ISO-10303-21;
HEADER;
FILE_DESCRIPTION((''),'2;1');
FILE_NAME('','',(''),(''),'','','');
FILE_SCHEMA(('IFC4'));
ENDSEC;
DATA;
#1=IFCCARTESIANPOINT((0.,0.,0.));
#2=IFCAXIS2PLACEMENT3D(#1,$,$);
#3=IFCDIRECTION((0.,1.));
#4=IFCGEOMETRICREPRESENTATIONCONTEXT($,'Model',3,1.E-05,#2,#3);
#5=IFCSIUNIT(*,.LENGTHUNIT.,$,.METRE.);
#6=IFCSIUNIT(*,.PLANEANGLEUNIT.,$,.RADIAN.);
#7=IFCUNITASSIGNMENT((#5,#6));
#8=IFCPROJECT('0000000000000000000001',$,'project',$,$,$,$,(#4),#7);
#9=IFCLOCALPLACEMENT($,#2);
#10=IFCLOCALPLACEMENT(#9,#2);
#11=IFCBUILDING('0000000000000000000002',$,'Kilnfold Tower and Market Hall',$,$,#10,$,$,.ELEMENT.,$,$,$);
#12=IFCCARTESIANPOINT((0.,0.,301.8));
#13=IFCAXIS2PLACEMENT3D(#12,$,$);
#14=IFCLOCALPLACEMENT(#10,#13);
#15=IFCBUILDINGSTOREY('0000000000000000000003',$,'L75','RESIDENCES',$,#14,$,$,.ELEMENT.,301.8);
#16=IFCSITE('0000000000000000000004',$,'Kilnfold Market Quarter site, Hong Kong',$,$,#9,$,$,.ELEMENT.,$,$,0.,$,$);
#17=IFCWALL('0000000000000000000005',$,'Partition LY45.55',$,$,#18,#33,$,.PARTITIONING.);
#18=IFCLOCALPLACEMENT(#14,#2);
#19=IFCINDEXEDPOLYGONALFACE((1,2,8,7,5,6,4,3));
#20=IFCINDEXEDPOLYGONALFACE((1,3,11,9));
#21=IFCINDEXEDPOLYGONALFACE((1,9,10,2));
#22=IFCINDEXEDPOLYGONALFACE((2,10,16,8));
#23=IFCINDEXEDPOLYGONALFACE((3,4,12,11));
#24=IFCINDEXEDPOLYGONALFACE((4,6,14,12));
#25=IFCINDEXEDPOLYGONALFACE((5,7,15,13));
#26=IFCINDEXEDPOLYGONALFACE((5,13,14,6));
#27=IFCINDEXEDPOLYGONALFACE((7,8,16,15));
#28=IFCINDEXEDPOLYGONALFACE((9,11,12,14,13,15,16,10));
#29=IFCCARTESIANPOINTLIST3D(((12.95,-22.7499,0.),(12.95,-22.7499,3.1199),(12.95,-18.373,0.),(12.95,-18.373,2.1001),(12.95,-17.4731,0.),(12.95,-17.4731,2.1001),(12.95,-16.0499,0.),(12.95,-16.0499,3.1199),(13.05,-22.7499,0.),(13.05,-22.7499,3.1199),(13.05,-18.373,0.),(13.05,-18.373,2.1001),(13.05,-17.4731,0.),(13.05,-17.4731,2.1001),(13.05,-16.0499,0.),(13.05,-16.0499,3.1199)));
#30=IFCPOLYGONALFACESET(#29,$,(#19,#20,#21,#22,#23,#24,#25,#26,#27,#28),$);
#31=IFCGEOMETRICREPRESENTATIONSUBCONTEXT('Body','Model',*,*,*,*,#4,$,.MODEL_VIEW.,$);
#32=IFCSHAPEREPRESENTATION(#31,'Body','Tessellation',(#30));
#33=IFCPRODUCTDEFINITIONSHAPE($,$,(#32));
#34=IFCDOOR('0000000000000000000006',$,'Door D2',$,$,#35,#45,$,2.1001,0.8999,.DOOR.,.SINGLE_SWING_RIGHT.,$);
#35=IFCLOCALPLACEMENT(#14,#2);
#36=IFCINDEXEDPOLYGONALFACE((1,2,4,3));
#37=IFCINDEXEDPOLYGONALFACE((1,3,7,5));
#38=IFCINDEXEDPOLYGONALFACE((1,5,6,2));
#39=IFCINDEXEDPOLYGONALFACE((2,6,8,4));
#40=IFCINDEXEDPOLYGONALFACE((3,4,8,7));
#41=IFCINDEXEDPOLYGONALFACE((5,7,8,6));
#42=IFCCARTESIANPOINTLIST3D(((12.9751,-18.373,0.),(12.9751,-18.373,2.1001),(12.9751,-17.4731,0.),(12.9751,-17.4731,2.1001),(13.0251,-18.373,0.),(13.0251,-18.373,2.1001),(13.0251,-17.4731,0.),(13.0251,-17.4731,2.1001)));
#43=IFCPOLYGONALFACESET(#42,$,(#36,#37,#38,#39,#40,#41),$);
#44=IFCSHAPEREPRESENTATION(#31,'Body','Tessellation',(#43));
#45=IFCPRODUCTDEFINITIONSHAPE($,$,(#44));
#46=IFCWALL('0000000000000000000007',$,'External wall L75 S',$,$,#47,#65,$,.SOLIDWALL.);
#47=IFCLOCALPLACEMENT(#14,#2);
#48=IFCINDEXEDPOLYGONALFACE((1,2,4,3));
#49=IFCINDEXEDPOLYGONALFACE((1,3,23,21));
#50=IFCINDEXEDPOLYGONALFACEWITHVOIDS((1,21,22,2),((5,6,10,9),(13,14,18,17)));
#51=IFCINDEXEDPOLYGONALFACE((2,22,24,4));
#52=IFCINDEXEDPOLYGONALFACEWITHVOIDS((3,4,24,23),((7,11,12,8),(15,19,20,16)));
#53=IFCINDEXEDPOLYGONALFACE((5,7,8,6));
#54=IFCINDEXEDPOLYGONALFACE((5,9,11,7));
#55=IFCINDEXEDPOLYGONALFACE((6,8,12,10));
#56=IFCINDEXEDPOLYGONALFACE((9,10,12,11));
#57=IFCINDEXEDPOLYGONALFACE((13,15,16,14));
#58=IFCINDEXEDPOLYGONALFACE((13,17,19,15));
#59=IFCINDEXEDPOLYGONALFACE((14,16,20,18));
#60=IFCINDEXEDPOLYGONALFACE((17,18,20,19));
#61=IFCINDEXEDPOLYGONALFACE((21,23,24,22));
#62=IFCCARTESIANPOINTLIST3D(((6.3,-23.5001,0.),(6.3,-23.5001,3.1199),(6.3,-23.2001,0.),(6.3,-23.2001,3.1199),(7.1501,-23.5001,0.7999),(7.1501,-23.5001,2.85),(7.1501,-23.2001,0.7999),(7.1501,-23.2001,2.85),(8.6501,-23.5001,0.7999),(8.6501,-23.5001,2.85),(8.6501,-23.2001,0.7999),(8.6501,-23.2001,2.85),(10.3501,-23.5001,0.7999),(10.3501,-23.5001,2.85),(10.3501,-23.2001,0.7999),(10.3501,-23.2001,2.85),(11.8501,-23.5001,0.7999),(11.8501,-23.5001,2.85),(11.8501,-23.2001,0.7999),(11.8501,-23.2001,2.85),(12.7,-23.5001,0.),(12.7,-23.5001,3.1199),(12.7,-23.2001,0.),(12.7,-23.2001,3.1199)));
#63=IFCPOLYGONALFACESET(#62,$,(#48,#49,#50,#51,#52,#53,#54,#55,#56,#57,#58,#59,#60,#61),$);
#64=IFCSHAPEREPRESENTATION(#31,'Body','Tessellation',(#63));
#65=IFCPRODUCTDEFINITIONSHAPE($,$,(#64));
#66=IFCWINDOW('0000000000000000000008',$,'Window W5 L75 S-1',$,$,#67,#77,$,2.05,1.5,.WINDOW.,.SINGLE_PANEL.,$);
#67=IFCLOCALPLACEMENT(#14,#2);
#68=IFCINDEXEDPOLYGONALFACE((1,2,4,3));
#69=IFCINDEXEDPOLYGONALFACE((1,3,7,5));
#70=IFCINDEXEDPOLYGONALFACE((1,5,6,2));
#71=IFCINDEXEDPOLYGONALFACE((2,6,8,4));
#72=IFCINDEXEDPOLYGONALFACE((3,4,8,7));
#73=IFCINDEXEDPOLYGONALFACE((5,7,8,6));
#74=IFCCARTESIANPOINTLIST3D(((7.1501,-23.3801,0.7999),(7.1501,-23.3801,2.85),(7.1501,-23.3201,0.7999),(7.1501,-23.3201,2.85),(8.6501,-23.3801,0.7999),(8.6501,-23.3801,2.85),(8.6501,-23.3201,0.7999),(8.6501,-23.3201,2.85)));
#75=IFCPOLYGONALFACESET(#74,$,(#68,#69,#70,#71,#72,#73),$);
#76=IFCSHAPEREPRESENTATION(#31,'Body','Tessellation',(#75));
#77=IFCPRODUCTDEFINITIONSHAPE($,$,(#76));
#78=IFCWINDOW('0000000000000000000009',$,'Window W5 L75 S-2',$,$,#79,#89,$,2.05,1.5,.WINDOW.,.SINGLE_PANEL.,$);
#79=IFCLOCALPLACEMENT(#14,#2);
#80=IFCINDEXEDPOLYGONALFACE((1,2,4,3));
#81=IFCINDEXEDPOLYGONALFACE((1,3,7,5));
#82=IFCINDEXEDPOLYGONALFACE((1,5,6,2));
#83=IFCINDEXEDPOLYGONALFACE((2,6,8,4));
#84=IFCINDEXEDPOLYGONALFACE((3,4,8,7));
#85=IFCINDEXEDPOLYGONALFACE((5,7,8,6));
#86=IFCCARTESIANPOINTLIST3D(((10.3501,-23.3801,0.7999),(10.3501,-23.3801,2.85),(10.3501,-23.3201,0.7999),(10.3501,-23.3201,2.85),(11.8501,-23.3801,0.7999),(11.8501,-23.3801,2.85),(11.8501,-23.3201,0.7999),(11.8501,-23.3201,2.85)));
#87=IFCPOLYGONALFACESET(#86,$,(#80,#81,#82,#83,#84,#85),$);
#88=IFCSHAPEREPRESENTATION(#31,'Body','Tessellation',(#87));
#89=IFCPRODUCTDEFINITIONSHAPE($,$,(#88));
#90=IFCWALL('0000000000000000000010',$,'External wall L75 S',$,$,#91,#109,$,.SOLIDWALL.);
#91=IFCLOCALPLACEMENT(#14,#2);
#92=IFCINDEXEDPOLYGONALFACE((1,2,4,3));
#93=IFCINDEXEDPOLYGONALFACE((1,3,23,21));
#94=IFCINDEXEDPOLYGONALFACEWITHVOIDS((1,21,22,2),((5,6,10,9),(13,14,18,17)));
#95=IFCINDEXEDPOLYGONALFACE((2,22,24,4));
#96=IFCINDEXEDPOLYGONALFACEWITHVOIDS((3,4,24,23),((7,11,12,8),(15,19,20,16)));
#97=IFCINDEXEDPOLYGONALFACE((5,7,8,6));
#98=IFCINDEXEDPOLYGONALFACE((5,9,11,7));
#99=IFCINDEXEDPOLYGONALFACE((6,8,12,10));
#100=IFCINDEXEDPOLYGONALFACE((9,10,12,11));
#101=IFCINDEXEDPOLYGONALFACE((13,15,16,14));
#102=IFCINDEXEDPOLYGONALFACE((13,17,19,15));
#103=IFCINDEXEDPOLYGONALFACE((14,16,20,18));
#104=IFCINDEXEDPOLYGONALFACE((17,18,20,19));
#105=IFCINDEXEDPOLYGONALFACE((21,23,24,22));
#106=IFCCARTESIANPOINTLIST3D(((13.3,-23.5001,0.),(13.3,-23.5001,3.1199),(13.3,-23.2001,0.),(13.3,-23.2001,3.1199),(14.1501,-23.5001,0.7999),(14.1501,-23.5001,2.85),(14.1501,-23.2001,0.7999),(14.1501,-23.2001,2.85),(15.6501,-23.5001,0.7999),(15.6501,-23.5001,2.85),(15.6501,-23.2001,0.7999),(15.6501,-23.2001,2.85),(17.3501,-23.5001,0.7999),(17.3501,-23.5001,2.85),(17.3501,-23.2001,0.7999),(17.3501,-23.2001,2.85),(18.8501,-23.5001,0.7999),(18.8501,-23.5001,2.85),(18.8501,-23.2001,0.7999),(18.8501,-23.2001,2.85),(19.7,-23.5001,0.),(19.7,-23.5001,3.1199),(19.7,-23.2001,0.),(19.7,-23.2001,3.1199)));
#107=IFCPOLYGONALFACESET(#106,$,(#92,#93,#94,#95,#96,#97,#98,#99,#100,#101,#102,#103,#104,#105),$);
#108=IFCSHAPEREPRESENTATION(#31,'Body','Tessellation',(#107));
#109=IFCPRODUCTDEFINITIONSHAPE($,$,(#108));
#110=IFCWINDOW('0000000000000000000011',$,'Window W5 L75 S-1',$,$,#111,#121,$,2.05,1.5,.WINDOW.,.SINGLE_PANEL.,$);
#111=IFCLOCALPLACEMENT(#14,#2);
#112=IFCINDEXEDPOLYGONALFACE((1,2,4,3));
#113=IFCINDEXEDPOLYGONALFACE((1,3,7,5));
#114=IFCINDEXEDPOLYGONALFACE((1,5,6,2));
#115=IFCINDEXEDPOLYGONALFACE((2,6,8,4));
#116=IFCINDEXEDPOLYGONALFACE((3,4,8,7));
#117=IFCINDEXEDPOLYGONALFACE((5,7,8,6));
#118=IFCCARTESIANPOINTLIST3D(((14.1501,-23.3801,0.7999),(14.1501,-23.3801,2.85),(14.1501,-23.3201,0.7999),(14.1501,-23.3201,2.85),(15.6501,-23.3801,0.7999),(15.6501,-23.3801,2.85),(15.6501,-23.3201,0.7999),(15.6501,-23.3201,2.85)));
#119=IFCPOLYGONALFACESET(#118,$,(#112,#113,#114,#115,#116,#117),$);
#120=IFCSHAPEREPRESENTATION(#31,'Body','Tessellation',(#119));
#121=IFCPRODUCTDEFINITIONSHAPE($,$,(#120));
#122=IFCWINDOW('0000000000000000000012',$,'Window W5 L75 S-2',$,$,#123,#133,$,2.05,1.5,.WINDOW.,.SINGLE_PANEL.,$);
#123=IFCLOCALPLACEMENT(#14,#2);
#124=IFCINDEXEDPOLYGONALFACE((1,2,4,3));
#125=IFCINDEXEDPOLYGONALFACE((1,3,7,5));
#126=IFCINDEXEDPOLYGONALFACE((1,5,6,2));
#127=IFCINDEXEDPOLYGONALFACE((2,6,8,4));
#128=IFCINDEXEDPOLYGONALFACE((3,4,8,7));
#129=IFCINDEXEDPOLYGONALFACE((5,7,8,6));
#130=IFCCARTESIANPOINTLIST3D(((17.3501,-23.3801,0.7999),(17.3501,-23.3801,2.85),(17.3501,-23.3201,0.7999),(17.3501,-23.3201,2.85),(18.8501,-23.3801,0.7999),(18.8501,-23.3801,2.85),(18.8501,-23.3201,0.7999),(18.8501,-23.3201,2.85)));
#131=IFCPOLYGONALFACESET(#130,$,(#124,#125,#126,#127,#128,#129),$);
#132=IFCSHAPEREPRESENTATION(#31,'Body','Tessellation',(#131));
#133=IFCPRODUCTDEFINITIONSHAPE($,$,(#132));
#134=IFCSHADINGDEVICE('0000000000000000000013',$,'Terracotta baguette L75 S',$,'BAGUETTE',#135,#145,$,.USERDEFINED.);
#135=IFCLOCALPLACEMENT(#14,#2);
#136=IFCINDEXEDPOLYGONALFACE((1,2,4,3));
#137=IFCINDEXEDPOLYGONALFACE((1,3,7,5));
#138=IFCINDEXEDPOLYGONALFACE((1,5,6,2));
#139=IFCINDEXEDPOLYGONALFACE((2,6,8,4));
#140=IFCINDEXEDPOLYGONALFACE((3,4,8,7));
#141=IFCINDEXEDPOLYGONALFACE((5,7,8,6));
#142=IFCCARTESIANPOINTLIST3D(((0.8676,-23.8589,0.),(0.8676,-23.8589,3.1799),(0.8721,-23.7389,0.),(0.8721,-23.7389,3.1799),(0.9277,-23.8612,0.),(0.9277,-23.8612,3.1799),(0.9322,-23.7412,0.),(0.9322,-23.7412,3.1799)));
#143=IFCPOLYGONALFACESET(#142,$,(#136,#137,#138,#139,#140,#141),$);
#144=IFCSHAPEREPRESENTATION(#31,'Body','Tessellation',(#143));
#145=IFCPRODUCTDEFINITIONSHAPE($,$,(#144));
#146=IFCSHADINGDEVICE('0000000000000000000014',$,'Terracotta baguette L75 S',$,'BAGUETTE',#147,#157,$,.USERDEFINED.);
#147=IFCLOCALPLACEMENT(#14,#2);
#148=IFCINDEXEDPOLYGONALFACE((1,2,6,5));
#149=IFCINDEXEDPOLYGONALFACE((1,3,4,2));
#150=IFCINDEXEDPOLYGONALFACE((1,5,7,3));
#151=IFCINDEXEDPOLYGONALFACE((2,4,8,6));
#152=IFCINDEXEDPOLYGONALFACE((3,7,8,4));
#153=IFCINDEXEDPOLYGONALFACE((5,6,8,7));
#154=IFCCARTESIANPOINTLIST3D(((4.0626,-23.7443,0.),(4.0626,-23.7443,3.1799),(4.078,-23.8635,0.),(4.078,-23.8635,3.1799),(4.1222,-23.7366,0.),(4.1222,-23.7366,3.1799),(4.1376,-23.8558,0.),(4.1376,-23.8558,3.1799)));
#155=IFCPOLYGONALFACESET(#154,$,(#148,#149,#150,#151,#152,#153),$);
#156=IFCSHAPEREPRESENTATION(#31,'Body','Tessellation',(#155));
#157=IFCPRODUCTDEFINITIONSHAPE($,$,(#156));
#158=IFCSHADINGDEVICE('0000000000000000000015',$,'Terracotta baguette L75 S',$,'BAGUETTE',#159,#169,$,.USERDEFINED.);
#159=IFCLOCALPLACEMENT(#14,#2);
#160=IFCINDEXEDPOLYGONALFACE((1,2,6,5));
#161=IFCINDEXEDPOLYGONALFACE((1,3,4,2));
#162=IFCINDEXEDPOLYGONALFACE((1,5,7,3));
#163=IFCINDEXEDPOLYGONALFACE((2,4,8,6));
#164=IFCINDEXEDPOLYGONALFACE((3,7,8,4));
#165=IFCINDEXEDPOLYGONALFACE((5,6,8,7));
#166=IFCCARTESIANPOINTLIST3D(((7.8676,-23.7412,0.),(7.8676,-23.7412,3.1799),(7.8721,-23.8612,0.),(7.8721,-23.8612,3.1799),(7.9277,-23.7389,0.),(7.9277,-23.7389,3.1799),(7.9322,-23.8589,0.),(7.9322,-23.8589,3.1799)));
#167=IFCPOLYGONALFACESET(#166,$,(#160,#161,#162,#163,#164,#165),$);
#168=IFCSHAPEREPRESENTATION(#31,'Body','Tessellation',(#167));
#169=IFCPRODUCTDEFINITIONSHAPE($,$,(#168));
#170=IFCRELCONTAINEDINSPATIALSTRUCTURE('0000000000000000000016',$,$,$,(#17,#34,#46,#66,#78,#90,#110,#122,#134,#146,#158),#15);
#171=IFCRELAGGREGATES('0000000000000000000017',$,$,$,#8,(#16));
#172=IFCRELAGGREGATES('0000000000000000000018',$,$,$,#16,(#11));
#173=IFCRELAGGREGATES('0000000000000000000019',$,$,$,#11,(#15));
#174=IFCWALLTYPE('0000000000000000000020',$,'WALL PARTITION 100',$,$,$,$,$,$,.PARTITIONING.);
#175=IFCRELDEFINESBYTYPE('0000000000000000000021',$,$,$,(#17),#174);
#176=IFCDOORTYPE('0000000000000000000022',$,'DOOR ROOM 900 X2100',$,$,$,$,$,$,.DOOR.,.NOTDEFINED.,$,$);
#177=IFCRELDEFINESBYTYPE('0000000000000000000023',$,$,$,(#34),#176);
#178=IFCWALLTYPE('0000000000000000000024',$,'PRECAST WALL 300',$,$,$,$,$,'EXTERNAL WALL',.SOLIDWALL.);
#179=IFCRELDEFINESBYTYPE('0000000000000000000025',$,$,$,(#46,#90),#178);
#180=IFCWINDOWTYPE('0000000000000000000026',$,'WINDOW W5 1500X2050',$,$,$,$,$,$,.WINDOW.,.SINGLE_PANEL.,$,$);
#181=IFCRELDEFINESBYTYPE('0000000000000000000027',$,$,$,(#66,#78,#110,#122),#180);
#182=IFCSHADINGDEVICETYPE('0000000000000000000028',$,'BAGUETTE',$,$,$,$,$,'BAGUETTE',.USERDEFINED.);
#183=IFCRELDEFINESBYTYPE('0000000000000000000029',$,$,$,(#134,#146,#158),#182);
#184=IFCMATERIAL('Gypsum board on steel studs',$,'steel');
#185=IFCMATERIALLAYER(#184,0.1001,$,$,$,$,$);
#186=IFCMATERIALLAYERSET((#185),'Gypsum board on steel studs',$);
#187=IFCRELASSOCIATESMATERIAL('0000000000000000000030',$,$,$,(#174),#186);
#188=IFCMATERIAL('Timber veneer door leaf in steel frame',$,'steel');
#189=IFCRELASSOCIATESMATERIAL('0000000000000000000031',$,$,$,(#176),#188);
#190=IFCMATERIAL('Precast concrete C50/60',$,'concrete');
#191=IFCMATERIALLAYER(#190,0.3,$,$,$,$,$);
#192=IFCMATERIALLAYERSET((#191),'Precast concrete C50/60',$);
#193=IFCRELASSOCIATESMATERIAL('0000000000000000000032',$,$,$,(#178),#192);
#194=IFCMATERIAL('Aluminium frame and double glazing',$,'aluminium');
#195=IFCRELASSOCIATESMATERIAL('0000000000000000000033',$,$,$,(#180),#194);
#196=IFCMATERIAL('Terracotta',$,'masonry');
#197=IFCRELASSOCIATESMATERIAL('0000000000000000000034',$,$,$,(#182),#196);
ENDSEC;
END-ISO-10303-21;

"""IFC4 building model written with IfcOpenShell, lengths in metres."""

from ifc_helpers import new_model, si_unit, direction, frame, frame_2d, origin, origin_2d, place, context, subcontext, project, spatial, rectangle, extrude, source, transform, mapped, material, layer, layer_set, material_profile, profile_set, type_object, element, fill, save


model = new_model("IFC4")

# Units and contexts
model_context = context("Model", 3, precision=1e-05, world=origin(), true_north=direction((0.0, 1.0)))
body_context = subcontext(model_context, "Body", "Model", "MODEL_VIEW")
ifc_project = project(units=[si_unit("LENGTHUNIT", "METRE"), si_unit("PLANEANGLEUNIT", "RADIAN")], contexts=[model_context])

# Site, building, storey
site_placement = place(None, origin())
site = spatial("IfcSite", under=ifc_project, at=site_placement, Name="Kilnfold Market Quarter site, Hong Kong", CompositionType="ELEMENT", RefElevation=0.0)
building_placement = place(site_placement, origin())
building = spatial("IfcBuilding", under=site, at=building_placement, Name="Kilnfold Tower and Market Hall", CompositionType="ELEMENT")
storey_placement = place(building_placement, frame((0.0, 0.0, 301.8)))
storey = spatial("IfcBuildingStorey", under=building, at=storey_placement, Name="L75", Description="RESIDENCES", CompositionType="ELEMENT", Elevation=301.8)

# Shared definitions
ifc_material_1 = material(Name="Gypsum board on steel studs", Category="steel")
ifc_layer_1 = layer(ifc_material_1, 0.1001)
ifc_layer_set_1 = layer_set([ifc_layer_1], Name="Gypsum board on steel studs")
wall_type_1 = type_object("IfcWallType", Name="WALL PARTITION 100", PredefinedType="PARTITIONING", material=ifc_layer_set_1)

# Wall, opening, door
wall_1_placement = place(storey_placement, frame((13.0, -22.75, 0.0), z_axis=(0.0, 0.0, 1.0), x_axis=(0.0, 1.0, 0.0)))
wall_1 = element("IfcWall", 1, at=wall_1_placement, inside=storey, type_object=wall_type_1, Name="Partition LY45.55", PredefinedType="PARTITIONING", context=body_context, shape_type="SweptSolid", body=[
    extrude(rectangle(XDim=6.7, YDim=0.1001, at=frame_2d((3.3501, 0.0))), origin(), (0.0, 0.0, 1.0), 3.1199),
])
opening_1_placement = place(wall_1_placement, frame((4.377, 0.0, 0.0)))
opening_1 = element("IfcOpeningElement", 2, at=opening_1_placement, cuts=wall_1, PredefinedType="OPENING", context=body_context, shape_type="SweptSolid", body=[
    extrude(rectangle(XDim=0.8999, YDim=2.1001, at=frame_2d((0.45, 1.05))), frame((0.0, 0.0601, 0.0), z_axis=(0.0, -1.0, 0.0), x_axis=(1.0, 0.0, 0.0)), (0.0, 0.0, 1.0), 0.1201),
])
ifc_material_2 = material(Name="Timber veneer door leaf in steel frame", Category="steel")
door_type_1 = type_object("IfcDoorType", Name="DOOR ROOM 900 X2100", OperationType="NOTDEFINED", PredefinedType="DOOR", material=ifc_material_2)
door_1_placement = place(opening_1_placement, origin())
door_1 = element("IfcDoor", 3, at=door_1_placement, inside=storey, type_object=door_type_1, Name="Door D2", OperationType="SINGLE_SWING_RIGHT", OverallHeight=2.1001, OverallWidth=0.8999, PredefinedType="DOOR", context=body_context, shape_type="SweptSolid", body=[
    extrude(rectangle(XDim=0.8999, YDim=2.1001, at=frame_2d((0.45, 1.05))), frame((0.0, 0.0249, 0.0), z_axis=(0.0, -1.0, 0.0), x_axis=(1.0, 0.0, 0.0)), (0.0, 0.0, 1.0), 0.05),
])
fill(opening_1, door_1)

# Walls, openings, windows
ifc_material_3 = material(Name="Precast concrete C50/60", Category="concrete")
ifc_layer_2 = layer(ifc_material_3, 0.3)
ifc_layer_set_2 = layer_set([ifc_layer_2], Name="Precast concrete C50/60")
wall_type_2 = type_object("IfcWallType", Name="PRECAST WALL 300", ElementType="EXTERNAL WALL", PredefinedType="SOLIDWALL", material=ifc_layer_set_2)
shared_shape_1 = source(origin(), body_context, "Body", "SweptSolid", [
    extrude(rectangle(XDim=6.3999, YDim=0.3, at=frame_2d((3.2, 0.0))), origin(), (0.0, 0.0, 1.0), 3.1199),
])
wall_2_placement = place(storey_placement, frame((6.3, -23.3501, 0.0), z_axis=(0.0, 0.0, 1.0), x_axis=(1.0, 0.0, 0.0)))
wall_2 = element("IfcWall", 4, at=wall_2_placement, inside=storey, type_object=wall_type_2, Name="External wall L75 S", PredefinedType="SOLIDWALL", context=body_context, shape_type="MappedRepresentation", body=[
    mapped(shared_shape_1, transform((0.0, 0.0, 0.0))),
])
opening_2_placement = place(wall_2_placement, frame((0.8501, 0.0, 0.8)))
opening_2 = element("IfcOpeningElement", 5, at=opening_2_placement, cuts=wall_2, PredefinedType="OPENING", context=body_context, shape_type="SweptSolid", body=[
    extrude(rectangle(XDim=1.5, YDim=2.05, at=frame_2d((0.75, 1.0249))), frame((0.0, 0.1602, 0.0), z_axis=(0.0, -1.0, 0.0), x_axis=(1.0, 0.0, 0.0)), (0.0, 0.0, 1.0), 0.3201),
])
opening_3_placement = place(wall_2_placement, frame((4.05, 0.0, 0.8)))
opening_3 = element("IfcOpeningElement", 6, at=opening_3_placement, cuts=wall_2, PredefinedType="OPENING", context=body_context, shape_type="SweptSolid", body=[
    extrude(rectangle(XDim=1.5, YDim=2.05, at=frame_2d((0.75, 1.0249))), frame((0.0, 0.1602, 0.0), z_axis=(0.0, -1.0, 0.0), x_axis=(1.0, 0.0, 0.0)), (0.0, 0.0, 1.0), 0.3201),
])
ifc_material_4 = material(Name="Aluminium frame and double glazing", Category="aluminium")
window_type = type_object("IfcWindowType", Name="WINDOW W5 1500X2050", PartitioningType="SINGLE_PANEL", PredefinedType="WINDOW", material=ifc_material_4)
window_1_placement = place(opening_2_placement, origin())
window_1 = element("IfcWindow", 7, at=window_1_placement, inside=storey, type_object=window_type, Name="Window W5 L75 S-1", OverallHeight=2.05, OverallWidth=1.5, PartitioningType="SINGLE_PANEL", PredefinedType="WINDOW", context=body_context, shape_type="SweptSolid", body=[
    extrude(rectangle(XDim=1.5, YDim=2.05, at=frame_2d((0.75, 1.0249))), frame((0.0, 0.03, 0.0), z_axis=(0.0, -1.0, 0.0), x_axis=(1.0, 0.0, 0.0)), (0.0, 0.0, 1.0), 0.0601),
])
fill(opening_2, window_1)
window_2_placement = place(opening_3_placement, origin())
window_2 = element("IfcWindow", 8, at=window_2_placement, inside=storey, type_object=window_type, Name="Window W5 L75 S-2", OverallHeight=2.05, OverallWidth=1.5, PartitioningType="SINGLE_PANEL", PredefinedType="WINDOW", context=body_context, shape_type="SweptSolid", body=[
    extrude(rectangle(XDim=1.5, YDim=2.05, at=frame_2d((0.75, 1.0249))), frame((0.0, 0.03, 0.0), z_axis=(0.0, -1.0, 0.0), x_axis=(1.0, 0.0, 0.0)), (0.0, 0.0, 1.0), 0.0601),
])
fill(opening_3, window_2)
wall_3_placement = place(storey_placement, frame((13.3, -23.3501, 0.0), z_axis=(0.0, 0.0, 1.0), x_axis=(1.0, 0.0, 0.0)))
wall_3 = element("IfcWall", 9, at=wall_3_placement, inside=storey, type_object=wall_type_2, Name="External wall L75 S", PredefinedType="SOLIDWALL", context=body_context, shape_type="MappedRepresentation", body=[
    mapped(shared_shape_1, transform((0.0, 0.0, 0.0))),
])
opening_4_placement = place(wall_3_placement, frame((0.8501, 0.0, 0.8)))
opening_4 = element("IfcOpeningElement", 10, at=opening_4_placement, cuts=wall_3, PredefinedType="OPENING", context=body_context, shape_type="SweptSolid", body=[
    extrude(rectangle(XDim=1.5, YDim=2.05, at=frame_2d((0.75, 1.0249))), frame((0.0, 0.1602, 0.0), z_axis=(0.0, -1.0, 0.0), x_axis=(1.0, 0.0, 0.0)), (0.0, 0.0, 1.0), 0.3201),
])
opening_5_placement = place(wall_3_placement, frame((4.05, 0.0, 0.8)))
opening_5 = element("IfcOpeningElement", 11, at=opening_5_placement, cuts=wall_3, PredefinedType="OPENING", context=body_context, shape_type="SweptSolid", body=[
    extrude(rectangle(XDim=1.5, YDim=2.05, at=frame_2d((0.75, 1.0249))), frame((0.0, 0.1602, 0.0), z_axis=(0.0, -1.0, 0.0), x_axis=(1.0, 0.0, 0.0)), (0.0, 0.0, 1.0), 0.3201),
])
window_3_placement = place(opening_4_placement, origin())
window_3 = element("IfcWindow", 12, at=window_3_placement, inside=storey, type_object=window_type, Name="Window W5 L75 S-1", OverallHeight=2.05, OverallWidth=1.5, PartitioningType="SINGLE_PANEL", PredefinedType="WINDOW", context=body_context, shape_type="SweptSolid", body=[
    extrude(rectangle(XDim=1.5, YDim=2.05, at=frame_2d((0.75, 1.0249))), frame((0.0, 0.03, 0.0), z_axis=(0.0, -1.0, 0.0), x_axis=(1.0, 0.0, 0.0)), (0.0, 0.0, 1.0), 0.0601),
])
fill(opening_4, window_3)
window_4_placement = place(opening_5_placement, origin())
window_4 = element("IfcWindow", 13, at=window_4_placement, inside=storey, type_object=window_type, Name="Window W5 L75 S-2", OverallHeight=2.05, OverallWidth=1.5, PartitioningType="SINGLE_PANEL", PredefinedType="WINDOW", context=body_context, shape_type="SweptSolid", body=[
    extrude(rectangle(XDim=1.5, YDim=2.05, at=frame_2d((0.75, 1.0249))), frame((0.0, 0.03, 0.0), z_axis=(0.0, -1.0, 0.0), x_axis=(1.0, 0.0, 0.0)), (0.0, 0.0, 1.0), 0.0601),
])
fill(opening_5, window_4)

# Shading devices
ifc_material_5 = material(Name="Terracotta", Category="masonry")
ifc_material_profile_1 = material_profile(ifc_material_5, rectangle(XDim=0.0601, YDim=0.1201, at=origin_2d()), Name="BAG 60x120")
ifc_profile_set_1 = profile_set([ifc_material_profile_1], Name="Terracotta")
shading_device_type = type_object("IfcShadingDeviceType", Name="BAGUETTE", ElementType="BAGUETTE", PredefinedType="USERDEFINED", material=ifc_profile_set_1)
shared_shape_2 = source(origin(), body_context, "Body", "SweptSolid", [
    extrude(rectangle(XDim=0.0601, YDim=0.1201, at=origin_2d()), origin(), (0.0, 0.0, 1.0), 3.1799),
])
for number, where, z_axis, x_axis, name in (
    (14, (0.8999, -23.8, 0.0), (0.0, 0.0, 1.0), (0.999297, -0.0375, 0.0), "Terracotta baguette L75 S"),
    (15, (4.1001, -23.8, 0.0), (0.0, 0.0, 1.0), (0.991788, 0.12789, 0.0), "Terracotta baguette L75 S"),
    (16, (7.8999, -23.8, 0.0), (0.0, 0.0, 1.0), (0.999297, 0.0375, 0.0), "Terracotta baguette L75 S"),
):
    element("IfcShadingDevice", number, at=place(storey_placement, frame(where, z_axis=z_axis, x_axis=x_axis)), inside=storey, type_object=shading_device_type, Name=name, ObjectType="BAGUETTE", PredefinedType="USERDEFINED", context=body_context, shape_type="MappedRepresentation", body=[
        mapped(shared_shape_2, transform((0.0, 0.0, 0.0))),
    ])

save(model, "model.ifc")
